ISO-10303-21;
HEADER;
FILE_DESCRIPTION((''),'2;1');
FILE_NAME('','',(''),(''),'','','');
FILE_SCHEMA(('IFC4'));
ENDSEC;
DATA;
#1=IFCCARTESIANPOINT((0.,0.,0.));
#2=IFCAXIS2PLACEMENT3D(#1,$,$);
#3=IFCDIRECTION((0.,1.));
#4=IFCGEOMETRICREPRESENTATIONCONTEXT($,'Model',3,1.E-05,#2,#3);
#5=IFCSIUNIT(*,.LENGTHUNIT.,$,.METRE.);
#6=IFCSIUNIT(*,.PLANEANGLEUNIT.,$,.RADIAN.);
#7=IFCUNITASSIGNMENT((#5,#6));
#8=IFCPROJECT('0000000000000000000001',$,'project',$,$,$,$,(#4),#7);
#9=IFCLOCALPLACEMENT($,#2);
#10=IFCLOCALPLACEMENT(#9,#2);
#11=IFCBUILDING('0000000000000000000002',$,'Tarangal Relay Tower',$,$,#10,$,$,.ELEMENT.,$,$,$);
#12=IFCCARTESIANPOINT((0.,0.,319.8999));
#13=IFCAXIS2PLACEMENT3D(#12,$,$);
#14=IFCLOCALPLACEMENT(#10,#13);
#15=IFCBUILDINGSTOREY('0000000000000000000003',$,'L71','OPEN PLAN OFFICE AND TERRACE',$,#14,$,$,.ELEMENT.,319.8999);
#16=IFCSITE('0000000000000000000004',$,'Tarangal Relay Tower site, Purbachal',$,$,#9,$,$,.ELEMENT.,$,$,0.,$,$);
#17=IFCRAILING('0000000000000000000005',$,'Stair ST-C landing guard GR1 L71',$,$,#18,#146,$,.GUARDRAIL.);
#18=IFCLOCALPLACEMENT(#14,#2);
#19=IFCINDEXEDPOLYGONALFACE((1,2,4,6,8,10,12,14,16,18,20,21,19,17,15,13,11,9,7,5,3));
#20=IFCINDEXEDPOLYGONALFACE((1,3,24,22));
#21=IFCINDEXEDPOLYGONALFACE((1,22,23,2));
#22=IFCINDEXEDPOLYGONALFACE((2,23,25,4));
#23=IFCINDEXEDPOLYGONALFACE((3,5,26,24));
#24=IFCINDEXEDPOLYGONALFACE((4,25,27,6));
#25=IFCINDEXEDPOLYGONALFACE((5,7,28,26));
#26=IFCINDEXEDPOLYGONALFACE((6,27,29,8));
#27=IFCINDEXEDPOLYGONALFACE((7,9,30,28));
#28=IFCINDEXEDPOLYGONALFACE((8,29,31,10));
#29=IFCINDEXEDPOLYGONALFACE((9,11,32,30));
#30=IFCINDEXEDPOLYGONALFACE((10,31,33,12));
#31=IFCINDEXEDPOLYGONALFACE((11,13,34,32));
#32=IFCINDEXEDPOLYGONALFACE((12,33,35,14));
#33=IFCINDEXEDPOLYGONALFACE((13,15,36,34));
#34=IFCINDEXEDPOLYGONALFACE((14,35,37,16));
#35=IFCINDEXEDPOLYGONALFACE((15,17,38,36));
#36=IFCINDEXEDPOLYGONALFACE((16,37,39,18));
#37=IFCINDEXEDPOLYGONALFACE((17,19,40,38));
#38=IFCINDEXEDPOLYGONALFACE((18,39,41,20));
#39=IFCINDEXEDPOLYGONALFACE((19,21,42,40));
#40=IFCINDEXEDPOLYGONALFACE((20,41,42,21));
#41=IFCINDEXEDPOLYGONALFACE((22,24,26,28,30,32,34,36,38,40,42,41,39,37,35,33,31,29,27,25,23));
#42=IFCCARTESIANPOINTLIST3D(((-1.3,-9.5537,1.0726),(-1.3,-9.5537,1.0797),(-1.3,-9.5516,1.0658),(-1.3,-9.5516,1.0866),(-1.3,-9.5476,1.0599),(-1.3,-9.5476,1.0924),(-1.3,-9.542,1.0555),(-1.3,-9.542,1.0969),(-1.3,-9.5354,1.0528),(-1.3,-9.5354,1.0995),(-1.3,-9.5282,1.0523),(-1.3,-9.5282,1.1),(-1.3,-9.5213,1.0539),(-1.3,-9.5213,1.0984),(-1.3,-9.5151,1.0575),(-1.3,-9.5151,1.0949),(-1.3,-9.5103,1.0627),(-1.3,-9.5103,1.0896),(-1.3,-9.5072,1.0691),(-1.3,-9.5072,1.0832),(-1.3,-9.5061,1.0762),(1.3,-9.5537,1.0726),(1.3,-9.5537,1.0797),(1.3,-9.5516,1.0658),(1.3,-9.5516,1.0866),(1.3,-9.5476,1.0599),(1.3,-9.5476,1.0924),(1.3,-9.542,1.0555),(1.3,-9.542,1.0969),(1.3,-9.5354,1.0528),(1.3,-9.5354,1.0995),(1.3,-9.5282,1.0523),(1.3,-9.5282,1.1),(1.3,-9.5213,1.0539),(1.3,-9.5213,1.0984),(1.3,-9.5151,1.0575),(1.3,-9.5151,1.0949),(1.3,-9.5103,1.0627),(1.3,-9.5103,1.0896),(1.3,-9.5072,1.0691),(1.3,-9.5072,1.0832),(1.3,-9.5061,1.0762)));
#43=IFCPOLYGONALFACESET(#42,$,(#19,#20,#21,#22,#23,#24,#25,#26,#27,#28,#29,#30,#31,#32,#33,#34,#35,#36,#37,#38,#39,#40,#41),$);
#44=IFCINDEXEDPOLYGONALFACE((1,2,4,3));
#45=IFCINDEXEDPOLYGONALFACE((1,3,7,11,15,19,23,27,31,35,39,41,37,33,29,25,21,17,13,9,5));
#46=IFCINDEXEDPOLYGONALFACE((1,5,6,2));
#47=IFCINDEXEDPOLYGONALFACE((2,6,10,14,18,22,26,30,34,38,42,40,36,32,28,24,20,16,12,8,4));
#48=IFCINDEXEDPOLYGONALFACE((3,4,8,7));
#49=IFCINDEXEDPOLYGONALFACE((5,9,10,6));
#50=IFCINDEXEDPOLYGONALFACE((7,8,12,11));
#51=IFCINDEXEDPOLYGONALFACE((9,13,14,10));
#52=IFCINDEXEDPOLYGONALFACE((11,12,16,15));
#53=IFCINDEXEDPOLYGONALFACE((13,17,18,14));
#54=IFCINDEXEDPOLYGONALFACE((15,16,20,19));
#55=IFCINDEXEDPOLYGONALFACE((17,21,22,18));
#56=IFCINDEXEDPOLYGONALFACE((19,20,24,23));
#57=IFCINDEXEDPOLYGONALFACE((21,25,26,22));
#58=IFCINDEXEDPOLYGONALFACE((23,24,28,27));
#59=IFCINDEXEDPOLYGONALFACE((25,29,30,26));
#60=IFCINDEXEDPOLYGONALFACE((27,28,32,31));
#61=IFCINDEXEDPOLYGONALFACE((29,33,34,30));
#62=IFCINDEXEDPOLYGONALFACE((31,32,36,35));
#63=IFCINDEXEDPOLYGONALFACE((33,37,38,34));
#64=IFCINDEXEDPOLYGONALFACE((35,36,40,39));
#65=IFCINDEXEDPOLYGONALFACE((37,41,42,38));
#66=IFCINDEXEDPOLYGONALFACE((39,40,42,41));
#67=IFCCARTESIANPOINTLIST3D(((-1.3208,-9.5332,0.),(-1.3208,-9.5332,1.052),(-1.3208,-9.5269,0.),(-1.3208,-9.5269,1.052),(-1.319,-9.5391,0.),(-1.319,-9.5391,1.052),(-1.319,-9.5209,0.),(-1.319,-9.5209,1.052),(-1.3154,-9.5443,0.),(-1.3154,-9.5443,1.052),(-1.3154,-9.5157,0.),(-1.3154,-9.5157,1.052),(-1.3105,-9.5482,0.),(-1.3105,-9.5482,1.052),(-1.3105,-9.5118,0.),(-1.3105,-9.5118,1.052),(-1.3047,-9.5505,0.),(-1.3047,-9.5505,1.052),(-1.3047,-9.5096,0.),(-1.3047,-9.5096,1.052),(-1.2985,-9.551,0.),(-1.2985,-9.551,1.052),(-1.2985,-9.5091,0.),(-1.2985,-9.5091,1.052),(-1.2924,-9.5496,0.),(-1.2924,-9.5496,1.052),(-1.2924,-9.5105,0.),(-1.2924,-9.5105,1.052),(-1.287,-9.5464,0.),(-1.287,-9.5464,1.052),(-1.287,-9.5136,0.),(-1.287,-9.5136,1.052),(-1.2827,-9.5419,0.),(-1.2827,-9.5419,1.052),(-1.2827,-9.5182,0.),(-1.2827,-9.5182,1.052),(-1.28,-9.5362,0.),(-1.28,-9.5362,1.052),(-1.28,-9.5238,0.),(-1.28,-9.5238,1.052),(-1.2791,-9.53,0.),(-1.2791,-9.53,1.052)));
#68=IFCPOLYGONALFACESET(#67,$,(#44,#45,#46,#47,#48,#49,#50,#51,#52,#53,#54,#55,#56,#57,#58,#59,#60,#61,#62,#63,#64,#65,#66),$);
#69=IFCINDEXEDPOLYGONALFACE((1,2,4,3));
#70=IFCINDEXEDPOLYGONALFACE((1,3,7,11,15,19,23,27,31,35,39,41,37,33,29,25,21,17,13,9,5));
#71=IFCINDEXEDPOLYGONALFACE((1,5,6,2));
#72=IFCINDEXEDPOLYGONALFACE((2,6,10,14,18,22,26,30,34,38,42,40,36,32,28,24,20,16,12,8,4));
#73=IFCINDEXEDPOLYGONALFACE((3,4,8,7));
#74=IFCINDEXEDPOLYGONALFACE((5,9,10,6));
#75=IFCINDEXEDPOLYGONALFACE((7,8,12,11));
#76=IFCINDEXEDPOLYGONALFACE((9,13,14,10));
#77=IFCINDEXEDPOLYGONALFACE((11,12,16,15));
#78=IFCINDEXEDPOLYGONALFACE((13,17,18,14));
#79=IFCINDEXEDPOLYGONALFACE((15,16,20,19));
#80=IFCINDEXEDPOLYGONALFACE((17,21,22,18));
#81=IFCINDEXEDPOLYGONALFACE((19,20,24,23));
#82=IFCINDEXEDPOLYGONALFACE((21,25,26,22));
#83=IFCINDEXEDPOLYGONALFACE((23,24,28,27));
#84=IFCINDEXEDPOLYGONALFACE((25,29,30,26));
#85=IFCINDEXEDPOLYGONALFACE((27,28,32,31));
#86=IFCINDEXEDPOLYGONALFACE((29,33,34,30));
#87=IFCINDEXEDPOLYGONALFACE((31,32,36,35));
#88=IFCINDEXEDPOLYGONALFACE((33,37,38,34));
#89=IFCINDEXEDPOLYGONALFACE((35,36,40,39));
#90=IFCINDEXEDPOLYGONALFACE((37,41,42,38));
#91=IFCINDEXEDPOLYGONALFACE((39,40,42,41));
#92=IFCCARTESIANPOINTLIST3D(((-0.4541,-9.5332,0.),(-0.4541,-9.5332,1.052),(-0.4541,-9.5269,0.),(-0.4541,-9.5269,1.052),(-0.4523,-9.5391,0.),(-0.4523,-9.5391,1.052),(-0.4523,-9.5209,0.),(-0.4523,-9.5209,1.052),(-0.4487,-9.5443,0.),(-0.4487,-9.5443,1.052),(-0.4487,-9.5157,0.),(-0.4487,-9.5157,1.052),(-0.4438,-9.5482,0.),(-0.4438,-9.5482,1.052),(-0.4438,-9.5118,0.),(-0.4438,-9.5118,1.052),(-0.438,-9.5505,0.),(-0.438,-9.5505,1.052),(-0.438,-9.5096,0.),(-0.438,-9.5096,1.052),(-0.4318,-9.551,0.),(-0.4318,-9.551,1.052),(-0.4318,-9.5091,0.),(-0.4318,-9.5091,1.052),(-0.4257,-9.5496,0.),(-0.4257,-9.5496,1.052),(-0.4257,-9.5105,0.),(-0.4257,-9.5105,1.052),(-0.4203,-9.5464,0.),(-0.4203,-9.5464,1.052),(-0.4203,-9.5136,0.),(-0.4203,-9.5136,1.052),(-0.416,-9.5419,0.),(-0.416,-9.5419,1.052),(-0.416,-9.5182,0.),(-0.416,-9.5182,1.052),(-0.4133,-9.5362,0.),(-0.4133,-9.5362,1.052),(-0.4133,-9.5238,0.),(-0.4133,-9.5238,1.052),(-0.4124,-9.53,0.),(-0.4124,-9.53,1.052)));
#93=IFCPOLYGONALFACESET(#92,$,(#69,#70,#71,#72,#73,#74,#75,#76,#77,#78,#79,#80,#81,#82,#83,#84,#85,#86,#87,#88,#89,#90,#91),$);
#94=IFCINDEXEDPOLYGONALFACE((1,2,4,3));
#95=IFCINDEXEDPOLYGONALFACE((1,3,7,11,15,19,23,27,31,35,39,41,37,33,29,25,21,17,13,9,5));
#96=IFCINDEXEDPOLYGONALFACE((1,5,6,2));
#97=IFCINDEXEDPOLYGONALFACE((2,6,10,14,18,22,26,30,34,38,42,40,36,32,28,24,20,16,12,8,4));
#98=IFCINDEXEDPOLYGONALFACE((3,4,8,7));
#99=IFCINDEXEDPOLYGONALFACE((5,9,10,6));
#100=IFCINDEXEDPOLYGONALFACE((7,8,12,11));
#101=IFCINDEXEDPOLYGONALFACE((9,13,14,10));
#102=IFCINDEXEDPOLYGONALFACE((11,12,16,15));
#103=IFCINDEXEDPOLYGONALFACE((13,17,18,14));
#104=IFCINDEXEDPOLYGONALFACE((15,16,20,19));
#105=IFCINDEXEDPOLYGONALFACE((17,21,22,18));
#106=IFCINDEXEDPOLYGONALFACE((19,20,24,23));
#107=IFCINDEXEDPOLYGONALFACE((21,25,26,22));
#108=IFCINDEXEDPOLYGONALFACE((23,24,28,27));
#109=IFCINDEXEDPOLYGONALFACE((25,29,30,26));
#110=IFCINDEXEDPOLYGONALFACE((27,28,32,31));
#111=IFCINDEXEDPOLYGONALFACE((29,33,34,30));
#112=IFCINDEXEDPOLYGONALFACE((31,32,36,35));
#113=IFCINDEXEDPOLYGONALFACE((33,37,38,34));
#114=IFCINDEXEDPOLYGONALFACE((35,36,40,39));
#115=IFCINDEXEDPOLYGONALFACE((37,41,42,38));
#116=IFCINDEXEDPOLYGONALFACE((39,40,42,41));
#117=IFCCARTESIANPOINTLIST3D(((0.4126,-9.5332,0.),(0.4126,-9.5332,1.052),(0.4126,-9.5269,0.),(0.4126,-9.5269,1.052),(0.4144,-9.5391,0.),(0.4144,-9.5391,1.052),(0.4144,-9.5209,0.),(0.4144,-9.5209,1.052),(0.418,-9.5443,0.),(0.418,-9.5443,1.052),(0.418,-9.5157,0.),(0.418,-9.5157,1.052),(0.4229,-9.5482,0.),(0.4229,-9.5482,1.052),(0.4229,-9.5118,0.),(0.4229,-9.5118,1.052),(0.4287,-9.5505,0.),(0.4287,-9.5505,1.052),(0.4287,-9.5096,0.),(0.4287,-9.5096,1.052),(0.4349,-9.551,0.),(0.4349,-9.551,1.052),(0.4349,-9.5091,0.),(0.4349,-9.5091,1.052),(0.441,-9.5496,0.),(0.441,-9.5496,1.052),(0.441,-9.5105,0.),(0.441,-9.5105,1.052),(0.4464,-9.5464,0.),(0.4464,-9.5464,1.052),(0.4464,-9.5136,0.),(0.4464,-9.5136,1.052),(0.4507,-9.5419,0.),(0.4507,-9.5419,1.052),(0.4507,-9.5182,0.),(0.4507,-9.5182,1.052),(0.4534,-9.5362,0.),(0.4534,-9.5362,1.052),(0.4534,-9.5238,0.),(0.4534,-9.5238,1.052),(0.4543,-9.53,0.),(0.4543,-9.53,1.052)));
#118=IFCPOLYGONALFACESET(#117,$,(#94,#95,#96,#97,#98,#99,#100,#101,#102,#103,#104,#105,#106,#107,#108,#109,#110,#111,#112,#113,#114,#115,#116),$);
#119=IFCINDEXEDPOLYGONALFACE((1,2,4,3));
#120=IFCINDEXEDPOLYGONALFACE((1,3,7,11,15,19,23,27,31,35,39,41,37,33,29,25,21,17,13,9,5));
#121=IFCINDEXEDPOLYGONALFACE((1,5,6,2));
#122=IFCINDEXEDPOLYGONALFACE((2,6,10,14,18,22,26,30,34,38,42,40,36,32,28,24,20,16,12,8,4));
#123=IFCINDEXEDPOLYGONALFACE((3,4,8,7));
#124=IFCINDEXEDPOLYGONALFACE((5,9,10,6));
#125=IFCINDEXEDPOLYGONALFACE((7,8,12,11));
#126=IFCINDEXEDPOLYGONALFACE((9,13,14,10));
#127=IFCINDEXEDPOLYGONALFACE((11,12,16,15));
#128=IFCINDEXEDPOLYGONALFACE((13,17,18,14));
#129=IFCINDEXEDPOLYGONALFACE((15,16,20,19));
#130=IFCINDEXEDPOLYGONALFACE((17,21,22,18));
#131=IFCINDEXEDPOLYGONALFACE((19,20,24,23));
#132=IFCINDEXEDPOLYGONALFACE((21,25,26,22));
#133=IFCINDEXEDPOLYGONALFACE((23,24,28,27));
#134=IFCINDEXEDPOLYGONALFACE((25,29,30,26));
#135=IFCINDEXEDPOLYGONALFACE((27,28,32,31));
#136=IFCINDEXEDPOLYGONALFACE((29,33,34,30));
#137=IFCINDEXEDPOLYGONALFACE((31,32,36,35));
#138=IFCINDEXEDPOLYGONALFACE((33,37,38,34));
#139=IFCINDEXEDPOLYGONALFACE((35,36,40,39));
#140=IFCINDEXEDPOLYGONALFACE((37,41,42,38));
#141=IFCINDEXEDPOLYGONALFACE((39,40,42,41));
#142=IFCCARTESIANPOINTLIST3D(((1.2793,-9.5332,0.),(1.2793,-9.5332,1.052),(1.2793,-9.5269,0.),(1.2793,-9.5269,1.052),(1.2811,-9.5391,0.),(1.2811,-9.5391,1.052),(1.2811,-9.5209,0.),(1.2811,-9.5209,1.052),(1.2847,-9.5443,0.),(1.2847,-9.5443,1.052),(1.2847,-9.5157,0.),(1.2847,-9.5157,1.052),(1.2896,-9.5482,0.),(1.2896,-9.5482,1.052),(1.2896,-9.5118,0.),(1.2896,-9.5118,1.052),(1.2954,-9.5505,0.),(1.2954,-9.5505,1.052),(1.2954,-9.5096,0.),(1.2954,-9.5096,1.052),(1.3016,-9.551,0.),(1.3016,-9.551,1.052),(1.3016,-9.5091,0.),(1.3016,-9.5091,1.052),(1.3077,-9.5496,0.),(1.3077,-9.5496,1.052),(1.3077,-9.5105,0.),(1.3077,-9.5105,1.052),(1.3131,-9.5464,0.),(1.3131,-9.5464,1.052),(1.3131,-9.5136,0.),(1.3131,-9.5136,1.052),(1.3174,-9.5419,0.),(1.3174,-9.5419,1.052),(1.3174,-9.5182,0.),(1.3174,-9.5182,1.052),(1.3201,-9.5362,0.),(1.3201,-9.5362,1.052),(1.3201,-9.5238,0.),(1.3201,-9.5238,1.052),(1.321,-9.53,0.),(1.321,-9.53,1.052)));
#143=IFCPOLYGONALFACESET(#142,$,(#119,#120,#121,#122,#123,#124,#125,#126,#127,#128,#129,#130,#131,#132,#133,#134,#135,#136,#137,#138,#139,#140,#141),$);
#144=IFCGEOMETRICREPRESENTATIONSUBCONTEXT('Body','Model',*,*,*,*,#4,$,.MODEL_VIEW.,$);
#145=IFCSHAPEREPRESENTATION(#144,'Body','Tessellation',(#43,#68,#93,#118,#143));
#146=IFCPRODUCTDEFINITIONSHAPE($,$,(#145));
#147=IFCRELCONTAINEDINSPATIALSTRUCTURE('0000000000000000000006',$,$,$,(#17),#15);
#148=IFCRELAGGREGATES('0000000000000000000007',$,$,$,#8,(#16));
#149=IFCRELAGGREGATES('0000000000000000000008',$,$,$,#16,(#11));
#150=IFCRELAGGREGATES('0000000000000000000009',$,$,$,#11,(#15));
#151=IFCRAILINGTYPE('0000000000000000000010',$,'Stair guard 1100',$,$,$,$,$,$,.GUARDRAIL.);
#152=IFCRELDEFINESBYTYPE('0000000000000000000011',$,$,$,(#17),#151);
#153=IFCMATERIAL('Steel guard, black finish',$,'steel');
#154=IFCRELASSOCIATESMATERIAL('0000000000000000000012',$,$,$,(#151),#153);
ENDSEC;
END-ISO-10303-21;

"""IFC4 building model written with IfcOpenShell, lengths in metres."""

from ifc_helpers import new_model, si_unit, direction, frame, origin, origin_2d, place, context, subcontext, project, spatial, circle, extrude, material, type_object, element, save


model = new_model("IFC4")

# Units and contexts
model_context = context("Model", 3, precision=1e-05, world=origin(), true_north=direction((0.0, 1.0)))
body_context = subcontext(model_context, "Body", "Model", "MODEL_VIEW")
ifc_project = project(units=[si_unit("LENGTHUNIT", "METRE"), si_unit("PLANEANGLEUNIT", "RADIAN")], contexts=[model_context])

# Site, building, storey
site_placement = place(None, origin())
site = spatial("IfcSite", under=ifc_project, at=site_placement, Name="Tarangal Relay Tower site, Purbachal", CompositionType="ELEMENT", RefElevation=0.0)
building_placement = place(site_placement, origin())
building = spatial("IfcBuilding", under=site, at=building_placement, Name="Tarangal Relay Tower", CompositionType="ELEMENT")
storey_placement = place(building_placement, frame((0.0, 0.0, 319.8999)))
storey = spatial("IfcBuildingStorey", under=building, at=storey_placement, Name="L71", Description="OPEN PLAN OFFICE AND TERRACE", CompositionType="ELEMENT", Elevation=319.8999)

# Railing
ifc_material_1 = material(Name="Steel guard, black finish", Category="steel")
railing_type_1 = type_object("IfcRailingType", Name="Stair guard 1100", PredefinedType="GUARDRAIL", material=ifc_material_1)
for number, where, name in (
    (1, (-1.3, -9.53, 0.0), "Stair ST-C landing guard GR1 L71"),
):
    element("IfcRailing", number, at=place(storey_placement, frame(where)), inside=storey, type_object=railing_type_1, Name=name, PredefinedType="GUARDRAIL", context=body_context, shape_type="SweptSolid", body=[
        extrude(circle(Radius=0.0239, at=origin_2d()), frame((0.0, 0.0, 1.0762), z_axis=(1.0, 0.0, 0.0), x_axis=(0.0, 1.0, 0.0)), (0.0, 0.0, 1.0), 2.6001),
        extrude(circle(Radius=0.021, at=origin_2d()), origin(), (0.0, 0.0, 1.0), 1.052),
        extrude(circle(Radius=0.021, at=origin_2d()), frame((0.8667, 0.0, 0.0)), (0.0, 0.0, 1.0), 1.052),
        extrude(circle(Radius=0.021, at=origin_2d()), frame((1.7334, 0.0, 0.0)), (0.0, 0.0, 1.0), 1.052),
        extrude(circle(Radius=0.021, at=origin_2d()), frame((2.6001, 0.0, 0.0)), (0.0, 0.0, 1.0), 1.052),
    ])

save(model, "model.ifc")
